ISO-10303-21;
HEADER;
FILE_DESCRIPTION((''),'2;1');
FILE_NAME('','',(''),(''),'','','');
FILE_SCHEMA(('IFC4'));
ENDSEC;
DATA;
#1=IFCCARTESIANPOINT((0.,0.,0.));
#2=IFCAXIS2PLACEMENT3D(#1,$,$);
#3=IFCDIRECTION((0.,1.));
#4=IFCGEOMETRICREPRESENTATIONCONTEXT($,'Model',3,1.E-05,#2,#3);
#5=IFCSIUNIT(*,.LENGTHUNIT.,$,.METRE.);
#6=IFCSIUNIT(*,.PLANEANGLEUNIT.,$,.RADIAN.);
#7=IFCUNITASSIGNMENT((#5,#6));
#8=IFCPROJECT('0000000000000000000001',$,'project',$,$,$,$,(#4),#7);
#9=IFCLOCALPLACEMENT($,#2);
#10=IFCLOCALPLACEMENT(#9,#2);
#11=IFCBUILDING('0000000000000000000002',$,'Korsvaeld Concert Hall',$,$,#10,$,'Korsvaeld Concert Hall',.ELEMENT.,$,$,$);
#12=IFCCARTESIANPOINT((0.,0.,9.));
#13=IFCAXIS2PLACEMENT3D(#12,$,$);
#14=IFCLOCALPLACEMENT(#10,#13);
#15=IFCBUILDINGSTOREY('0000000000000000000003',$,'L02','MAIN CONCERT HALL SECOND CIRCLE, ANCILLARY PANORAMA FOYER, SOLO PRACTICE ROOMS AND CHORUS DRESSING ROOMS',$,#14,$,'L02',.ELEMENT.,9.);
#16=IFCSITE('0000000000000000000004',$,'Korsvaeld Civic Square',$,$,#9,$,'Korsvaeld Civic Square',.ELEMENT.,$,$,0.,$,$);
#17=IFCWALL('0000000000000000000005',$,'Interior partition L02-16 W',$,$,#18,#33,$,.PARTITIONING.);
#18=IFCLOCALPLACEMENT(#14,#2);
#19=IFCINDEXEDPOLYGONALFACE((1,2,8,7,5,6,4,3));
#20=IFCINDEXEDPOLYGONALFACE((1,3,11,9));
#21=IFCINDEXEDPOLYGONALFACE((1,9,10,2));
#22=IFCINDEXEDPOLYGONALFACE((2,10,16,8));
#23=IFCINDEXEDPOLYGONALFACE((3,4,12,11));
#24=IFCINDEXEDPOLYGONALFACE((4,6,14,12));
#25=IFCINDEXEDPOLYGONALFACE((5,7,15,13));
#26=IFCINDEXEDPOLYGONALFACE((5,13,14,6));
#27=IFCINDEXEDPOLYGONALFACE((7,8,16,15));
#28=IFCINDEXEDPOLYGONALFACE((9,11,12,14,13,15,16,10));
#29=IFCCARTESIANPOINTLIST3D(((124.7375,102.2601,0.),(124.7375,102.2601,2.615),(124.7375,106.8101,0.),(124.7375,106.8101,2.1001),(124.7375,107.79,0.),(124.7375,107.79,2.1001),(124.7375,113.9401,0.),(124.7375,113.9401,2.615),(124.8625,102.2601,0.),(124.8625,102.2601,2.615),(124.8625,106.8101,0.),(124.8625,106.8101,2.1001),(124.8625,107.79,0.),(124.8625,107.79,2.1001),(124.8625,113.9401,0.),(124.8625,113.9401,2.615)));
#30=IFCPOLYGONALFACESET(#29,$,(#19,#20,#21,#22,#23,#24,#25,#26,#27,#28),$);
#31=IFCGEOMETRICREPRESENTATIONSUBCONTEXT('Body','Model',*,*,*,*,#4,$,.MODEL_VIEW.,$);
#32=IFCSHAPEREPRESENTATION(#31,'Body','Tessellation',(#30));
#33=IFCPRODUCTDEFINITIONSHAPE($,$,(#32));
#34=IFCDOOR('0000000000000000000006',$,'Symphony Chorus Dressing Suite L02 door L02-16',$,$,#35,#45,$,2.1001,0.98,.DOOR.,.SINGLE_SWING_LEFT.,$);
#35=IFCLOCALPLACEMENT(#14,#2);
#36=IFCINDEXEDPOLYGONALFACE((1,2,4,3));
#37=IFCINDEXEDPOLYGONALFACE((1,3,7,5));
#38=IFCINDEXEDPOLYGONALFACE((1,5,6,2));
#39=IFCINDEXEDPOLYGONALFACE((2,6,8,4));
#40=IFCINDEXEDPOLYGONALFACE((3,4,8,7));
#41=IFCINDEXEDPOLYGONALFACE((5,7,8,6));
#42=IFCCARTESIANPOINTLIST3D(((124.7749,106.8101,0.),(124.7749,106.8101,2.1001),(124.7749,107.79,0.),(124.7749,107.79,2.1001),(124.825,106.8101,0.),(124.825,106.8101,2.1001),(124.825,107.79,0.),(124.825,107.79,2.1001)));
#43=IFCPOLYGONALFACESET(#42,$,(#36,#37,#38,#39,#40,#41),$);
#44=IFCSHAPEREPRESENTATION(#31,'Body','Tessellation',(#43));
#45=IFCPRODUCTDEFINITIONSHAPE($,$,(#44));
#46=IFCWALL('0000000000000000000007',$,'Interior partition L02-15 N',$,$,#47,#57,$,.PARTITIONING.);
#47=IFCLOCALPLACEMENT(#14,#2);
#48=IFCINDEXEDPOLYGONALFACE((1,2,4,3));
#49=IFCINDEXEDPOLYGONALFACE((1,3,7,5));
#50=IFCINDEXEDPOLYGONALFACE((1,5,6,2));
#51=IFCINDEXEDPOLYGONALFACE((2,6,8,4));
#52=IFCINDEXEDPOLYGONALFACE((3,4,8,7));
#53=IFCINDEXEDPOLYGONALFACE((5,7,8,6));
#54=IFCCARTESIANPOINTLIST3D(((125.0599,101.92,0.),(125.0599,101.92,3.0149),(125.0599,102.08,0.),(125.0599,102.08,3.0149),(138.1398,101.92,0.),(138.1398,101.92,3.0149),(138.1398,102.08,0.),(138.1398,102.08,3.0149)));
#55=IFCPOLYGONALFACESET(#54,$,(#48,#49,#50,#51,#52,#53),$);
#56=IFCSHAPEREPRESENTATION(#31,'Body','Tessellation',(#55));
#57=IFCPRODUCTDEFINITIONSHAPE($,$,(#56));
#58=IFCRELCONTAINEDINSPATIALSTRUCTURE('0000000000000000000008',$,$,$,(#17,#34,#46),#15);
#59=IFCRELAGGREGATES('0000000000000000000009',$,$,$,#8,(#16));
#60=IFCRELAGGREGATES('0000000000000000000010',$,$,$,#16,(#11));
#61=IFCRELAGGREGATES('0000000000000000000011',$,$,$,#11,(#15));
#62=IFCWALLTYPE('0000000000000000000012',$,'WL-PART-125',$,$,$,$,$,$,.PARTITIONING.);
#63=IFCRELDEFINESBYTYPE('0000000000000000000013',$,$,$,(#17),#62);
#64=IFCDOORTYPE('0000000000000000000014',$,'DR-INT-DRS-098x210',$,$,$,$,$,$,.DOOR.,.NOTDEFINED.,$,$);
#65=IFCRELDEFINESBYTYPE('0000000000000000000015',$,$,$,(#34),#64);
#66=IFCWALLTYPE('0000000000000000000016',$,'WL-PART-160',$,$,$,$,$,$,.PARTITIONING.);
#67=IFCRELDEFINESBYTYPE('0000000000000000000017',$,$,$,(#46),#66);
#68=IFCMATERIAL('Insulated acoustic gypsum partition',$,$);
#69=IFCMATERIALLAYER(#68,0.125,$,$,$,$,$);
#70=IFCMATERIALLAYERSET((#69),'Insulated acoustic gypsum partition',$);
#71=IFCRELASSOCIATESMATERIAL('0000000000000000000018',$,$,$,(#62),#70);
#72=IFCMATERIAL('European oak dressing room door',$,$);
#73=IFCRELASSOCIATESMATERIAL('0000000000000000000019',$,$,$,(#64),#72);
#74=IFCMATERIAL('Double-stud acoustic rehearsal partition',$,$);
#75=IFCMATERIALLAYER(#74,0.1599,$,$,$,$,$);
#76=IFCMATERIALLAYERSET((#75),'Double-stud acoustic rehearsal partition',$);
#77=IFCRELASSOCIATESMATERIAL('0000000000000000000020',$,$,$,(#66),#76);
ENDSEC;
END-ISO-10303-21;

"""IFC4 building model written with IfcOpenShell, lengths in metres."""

from ifc_helpers import new_model, si_unit, direction, frame, frame_2d, origin, place, context, subcontext, project, spatial, rectangle, extrude, material, layer, layer_set, type_object, element, fill, save


model = new_model("IFC4")

# Units and contexts
model_context = context("Model", 3, precision=1e-05, world=origin(), true_north=direction((0.0, 1.0)))
body_context = subcontext(model_context, "Body", "Model", "MODEL_VIEW")
ifc_project = project(units=[si_unit("LENGTHUNIT", "METRE"), si_unit("PLANEANGLEUNIT", "RADIAN")], contexts=[model_context])

# Site, building, storey
site_placement = place(None, origin())
site = spatial("IfcSite", under=ifc_project, at=site_placement, Name="Korsvaeld Civic Square", LongName="Korsvaeld Civic Square", CompositionType="ELEMENT", RefElevation=0.0)
building_placement = place(site_placement, origin())
building = spatial("IfcBuilding", under=site, at=building_placement, Name="Korsvaeld Concert Hall", LongName="Korsvaeld Concert Hall", CompositionType="ELEMENT")
storey_placement = place(building_placement, frame((0.0, 0.0, 9.0)))
storey = spatial("IfcBuildingStorey", under=building, at=storey_placement, Name="L02", Description="MAIN CONCERT HALL SECOND CIRCLE, ANCILLARY PANORAMA FOYER, SOLO PRACTICE ROOMS AND CHORUS DRESSING ROOMS", LongName="L02", CompositionType="ELEMENT", Elevation=9.0)

# Wall, opening, door
ifc_material_1 = material(Name="Insulated acoustic gypsum partition")
ifc_layer_1 = layer(ifc_material_1, 0.125)
ifc_layer_set_1 = layer_set([ifc_layer_1], Name="Insulated acoustic gypsum partition")
wall_type_1 = type_object("IfcWallType", Name="WL-PART-125", PredefinedType="PARTITIONING", material=ifc_layer_set_1)
wall_1_placement = place(storey_placement, frame((124.8, 113.9399, 0.0), z_axis=(0.0, 0.0, 1.0), x_axis=(0.0, -1.0, 0.0)))
wall_1 = element("IfcWall", 1, at=wall_1_placement, inside=storey, type_object=wall_type_1, Name="Interior partition L02-16 W", PredefinedType="PARTITIONING", context=body_context, shape_type="SweptSolid", body=[
    extrude(rectangle(XDim=11.6799, YDim=0.125, at=frame_2d((5.8398, 0.0))), origin(), (0.0, 0.0, 1.0), 2.615),
])
opening_1_placement = place(wall_1_placement, frame((6.1499, 0.0, 0.0)))
opening_1 = element("IfcOpeningElement", 2, at=opening_1_placement, cuts=wall_1, PredefinedType="OPENING", context=body_context, shape_type="SweptSolid", body=[
    extrude(rectangle(XDim=0.98, YDim=2.1001, at=frame_2d((0.49, 1.05))), frame((0.0, 0.0725, 0.0), z_axis=(0.0, -1.0, 0.0), x_axis=(1.0, 0.0, 0.0)), (0.0, 0.0, 1.0), 0.145),
])
ifc_material_2 = material(Name="European oak dressing room door")
door_type = type_object("IfcDoorType", Name="DR-INT-DRS-098x210", OperationType="NOTDEFINED", PredefinedType="DOOR", material=ifc_material_2)
door_placement = place(opening_1_placement, origin())
door = element("IfcDoor", 3, at=door_placement, inside=storey, type_object=door_type, Name="Symphony Chorus Dressing Suite L02 door L02-16", OperationType="SINGLE_SWING_LEFT", OverallHeight=2.1001, OverallWidth=0.98, PredefinedType="DOOR", context=body_context, shape_type="SweptSolid", body=[
    extrude(rectangle(XDim=0.98, YDim=2.1001, at=frame_2d((0.49, 1.05))), frame((0.0, 0.0249, 0.0), z_axis=(0.0, -1.0, 0.0), x_axis=(1.0, 0.0, 0.0)), (0.0, 0.0, 1.0), 0.05),
])
fill(opening_1, door)

# Wall
ifc_material_3 = material(Name="Double-stud acoustic rehearsal partition")
ifc_layer_2 = layer(ifc_material_3, 0.1599)
ifc_layer_set_2 = layer_set([ifc_layer_2], Name="Double-stud acoustic rehearsal partition")
wall_type_2 = type_object("IfcWallType", Name="WL-PART-160", PredefinedType="PARTITIONING", material=ifc_layer_set_2)
wall_2_placement = place(storey_placement, frame((138.1399, 102.0, 0.0), z_axis=(0.0, 0.0, 1.0), x_axis=(-1.0, 0.0, 0.0)))
element("IfcWall", 4, at=wall_2_placement, inside=storey, type_object=wall_type_2, Name="Interior partition L02-15 N", PredefinedType="PARTITIONING", context=body_context, shape_type="SweptSolid", body=[
    extrude(rectangle(XDim=13.0798, YDim=0.1599, at=frame_2d((6.54, 0.0))), origin(), (0.0, 0.0, 1.0), 3.0149),
])

save(model, "model.ifc")
